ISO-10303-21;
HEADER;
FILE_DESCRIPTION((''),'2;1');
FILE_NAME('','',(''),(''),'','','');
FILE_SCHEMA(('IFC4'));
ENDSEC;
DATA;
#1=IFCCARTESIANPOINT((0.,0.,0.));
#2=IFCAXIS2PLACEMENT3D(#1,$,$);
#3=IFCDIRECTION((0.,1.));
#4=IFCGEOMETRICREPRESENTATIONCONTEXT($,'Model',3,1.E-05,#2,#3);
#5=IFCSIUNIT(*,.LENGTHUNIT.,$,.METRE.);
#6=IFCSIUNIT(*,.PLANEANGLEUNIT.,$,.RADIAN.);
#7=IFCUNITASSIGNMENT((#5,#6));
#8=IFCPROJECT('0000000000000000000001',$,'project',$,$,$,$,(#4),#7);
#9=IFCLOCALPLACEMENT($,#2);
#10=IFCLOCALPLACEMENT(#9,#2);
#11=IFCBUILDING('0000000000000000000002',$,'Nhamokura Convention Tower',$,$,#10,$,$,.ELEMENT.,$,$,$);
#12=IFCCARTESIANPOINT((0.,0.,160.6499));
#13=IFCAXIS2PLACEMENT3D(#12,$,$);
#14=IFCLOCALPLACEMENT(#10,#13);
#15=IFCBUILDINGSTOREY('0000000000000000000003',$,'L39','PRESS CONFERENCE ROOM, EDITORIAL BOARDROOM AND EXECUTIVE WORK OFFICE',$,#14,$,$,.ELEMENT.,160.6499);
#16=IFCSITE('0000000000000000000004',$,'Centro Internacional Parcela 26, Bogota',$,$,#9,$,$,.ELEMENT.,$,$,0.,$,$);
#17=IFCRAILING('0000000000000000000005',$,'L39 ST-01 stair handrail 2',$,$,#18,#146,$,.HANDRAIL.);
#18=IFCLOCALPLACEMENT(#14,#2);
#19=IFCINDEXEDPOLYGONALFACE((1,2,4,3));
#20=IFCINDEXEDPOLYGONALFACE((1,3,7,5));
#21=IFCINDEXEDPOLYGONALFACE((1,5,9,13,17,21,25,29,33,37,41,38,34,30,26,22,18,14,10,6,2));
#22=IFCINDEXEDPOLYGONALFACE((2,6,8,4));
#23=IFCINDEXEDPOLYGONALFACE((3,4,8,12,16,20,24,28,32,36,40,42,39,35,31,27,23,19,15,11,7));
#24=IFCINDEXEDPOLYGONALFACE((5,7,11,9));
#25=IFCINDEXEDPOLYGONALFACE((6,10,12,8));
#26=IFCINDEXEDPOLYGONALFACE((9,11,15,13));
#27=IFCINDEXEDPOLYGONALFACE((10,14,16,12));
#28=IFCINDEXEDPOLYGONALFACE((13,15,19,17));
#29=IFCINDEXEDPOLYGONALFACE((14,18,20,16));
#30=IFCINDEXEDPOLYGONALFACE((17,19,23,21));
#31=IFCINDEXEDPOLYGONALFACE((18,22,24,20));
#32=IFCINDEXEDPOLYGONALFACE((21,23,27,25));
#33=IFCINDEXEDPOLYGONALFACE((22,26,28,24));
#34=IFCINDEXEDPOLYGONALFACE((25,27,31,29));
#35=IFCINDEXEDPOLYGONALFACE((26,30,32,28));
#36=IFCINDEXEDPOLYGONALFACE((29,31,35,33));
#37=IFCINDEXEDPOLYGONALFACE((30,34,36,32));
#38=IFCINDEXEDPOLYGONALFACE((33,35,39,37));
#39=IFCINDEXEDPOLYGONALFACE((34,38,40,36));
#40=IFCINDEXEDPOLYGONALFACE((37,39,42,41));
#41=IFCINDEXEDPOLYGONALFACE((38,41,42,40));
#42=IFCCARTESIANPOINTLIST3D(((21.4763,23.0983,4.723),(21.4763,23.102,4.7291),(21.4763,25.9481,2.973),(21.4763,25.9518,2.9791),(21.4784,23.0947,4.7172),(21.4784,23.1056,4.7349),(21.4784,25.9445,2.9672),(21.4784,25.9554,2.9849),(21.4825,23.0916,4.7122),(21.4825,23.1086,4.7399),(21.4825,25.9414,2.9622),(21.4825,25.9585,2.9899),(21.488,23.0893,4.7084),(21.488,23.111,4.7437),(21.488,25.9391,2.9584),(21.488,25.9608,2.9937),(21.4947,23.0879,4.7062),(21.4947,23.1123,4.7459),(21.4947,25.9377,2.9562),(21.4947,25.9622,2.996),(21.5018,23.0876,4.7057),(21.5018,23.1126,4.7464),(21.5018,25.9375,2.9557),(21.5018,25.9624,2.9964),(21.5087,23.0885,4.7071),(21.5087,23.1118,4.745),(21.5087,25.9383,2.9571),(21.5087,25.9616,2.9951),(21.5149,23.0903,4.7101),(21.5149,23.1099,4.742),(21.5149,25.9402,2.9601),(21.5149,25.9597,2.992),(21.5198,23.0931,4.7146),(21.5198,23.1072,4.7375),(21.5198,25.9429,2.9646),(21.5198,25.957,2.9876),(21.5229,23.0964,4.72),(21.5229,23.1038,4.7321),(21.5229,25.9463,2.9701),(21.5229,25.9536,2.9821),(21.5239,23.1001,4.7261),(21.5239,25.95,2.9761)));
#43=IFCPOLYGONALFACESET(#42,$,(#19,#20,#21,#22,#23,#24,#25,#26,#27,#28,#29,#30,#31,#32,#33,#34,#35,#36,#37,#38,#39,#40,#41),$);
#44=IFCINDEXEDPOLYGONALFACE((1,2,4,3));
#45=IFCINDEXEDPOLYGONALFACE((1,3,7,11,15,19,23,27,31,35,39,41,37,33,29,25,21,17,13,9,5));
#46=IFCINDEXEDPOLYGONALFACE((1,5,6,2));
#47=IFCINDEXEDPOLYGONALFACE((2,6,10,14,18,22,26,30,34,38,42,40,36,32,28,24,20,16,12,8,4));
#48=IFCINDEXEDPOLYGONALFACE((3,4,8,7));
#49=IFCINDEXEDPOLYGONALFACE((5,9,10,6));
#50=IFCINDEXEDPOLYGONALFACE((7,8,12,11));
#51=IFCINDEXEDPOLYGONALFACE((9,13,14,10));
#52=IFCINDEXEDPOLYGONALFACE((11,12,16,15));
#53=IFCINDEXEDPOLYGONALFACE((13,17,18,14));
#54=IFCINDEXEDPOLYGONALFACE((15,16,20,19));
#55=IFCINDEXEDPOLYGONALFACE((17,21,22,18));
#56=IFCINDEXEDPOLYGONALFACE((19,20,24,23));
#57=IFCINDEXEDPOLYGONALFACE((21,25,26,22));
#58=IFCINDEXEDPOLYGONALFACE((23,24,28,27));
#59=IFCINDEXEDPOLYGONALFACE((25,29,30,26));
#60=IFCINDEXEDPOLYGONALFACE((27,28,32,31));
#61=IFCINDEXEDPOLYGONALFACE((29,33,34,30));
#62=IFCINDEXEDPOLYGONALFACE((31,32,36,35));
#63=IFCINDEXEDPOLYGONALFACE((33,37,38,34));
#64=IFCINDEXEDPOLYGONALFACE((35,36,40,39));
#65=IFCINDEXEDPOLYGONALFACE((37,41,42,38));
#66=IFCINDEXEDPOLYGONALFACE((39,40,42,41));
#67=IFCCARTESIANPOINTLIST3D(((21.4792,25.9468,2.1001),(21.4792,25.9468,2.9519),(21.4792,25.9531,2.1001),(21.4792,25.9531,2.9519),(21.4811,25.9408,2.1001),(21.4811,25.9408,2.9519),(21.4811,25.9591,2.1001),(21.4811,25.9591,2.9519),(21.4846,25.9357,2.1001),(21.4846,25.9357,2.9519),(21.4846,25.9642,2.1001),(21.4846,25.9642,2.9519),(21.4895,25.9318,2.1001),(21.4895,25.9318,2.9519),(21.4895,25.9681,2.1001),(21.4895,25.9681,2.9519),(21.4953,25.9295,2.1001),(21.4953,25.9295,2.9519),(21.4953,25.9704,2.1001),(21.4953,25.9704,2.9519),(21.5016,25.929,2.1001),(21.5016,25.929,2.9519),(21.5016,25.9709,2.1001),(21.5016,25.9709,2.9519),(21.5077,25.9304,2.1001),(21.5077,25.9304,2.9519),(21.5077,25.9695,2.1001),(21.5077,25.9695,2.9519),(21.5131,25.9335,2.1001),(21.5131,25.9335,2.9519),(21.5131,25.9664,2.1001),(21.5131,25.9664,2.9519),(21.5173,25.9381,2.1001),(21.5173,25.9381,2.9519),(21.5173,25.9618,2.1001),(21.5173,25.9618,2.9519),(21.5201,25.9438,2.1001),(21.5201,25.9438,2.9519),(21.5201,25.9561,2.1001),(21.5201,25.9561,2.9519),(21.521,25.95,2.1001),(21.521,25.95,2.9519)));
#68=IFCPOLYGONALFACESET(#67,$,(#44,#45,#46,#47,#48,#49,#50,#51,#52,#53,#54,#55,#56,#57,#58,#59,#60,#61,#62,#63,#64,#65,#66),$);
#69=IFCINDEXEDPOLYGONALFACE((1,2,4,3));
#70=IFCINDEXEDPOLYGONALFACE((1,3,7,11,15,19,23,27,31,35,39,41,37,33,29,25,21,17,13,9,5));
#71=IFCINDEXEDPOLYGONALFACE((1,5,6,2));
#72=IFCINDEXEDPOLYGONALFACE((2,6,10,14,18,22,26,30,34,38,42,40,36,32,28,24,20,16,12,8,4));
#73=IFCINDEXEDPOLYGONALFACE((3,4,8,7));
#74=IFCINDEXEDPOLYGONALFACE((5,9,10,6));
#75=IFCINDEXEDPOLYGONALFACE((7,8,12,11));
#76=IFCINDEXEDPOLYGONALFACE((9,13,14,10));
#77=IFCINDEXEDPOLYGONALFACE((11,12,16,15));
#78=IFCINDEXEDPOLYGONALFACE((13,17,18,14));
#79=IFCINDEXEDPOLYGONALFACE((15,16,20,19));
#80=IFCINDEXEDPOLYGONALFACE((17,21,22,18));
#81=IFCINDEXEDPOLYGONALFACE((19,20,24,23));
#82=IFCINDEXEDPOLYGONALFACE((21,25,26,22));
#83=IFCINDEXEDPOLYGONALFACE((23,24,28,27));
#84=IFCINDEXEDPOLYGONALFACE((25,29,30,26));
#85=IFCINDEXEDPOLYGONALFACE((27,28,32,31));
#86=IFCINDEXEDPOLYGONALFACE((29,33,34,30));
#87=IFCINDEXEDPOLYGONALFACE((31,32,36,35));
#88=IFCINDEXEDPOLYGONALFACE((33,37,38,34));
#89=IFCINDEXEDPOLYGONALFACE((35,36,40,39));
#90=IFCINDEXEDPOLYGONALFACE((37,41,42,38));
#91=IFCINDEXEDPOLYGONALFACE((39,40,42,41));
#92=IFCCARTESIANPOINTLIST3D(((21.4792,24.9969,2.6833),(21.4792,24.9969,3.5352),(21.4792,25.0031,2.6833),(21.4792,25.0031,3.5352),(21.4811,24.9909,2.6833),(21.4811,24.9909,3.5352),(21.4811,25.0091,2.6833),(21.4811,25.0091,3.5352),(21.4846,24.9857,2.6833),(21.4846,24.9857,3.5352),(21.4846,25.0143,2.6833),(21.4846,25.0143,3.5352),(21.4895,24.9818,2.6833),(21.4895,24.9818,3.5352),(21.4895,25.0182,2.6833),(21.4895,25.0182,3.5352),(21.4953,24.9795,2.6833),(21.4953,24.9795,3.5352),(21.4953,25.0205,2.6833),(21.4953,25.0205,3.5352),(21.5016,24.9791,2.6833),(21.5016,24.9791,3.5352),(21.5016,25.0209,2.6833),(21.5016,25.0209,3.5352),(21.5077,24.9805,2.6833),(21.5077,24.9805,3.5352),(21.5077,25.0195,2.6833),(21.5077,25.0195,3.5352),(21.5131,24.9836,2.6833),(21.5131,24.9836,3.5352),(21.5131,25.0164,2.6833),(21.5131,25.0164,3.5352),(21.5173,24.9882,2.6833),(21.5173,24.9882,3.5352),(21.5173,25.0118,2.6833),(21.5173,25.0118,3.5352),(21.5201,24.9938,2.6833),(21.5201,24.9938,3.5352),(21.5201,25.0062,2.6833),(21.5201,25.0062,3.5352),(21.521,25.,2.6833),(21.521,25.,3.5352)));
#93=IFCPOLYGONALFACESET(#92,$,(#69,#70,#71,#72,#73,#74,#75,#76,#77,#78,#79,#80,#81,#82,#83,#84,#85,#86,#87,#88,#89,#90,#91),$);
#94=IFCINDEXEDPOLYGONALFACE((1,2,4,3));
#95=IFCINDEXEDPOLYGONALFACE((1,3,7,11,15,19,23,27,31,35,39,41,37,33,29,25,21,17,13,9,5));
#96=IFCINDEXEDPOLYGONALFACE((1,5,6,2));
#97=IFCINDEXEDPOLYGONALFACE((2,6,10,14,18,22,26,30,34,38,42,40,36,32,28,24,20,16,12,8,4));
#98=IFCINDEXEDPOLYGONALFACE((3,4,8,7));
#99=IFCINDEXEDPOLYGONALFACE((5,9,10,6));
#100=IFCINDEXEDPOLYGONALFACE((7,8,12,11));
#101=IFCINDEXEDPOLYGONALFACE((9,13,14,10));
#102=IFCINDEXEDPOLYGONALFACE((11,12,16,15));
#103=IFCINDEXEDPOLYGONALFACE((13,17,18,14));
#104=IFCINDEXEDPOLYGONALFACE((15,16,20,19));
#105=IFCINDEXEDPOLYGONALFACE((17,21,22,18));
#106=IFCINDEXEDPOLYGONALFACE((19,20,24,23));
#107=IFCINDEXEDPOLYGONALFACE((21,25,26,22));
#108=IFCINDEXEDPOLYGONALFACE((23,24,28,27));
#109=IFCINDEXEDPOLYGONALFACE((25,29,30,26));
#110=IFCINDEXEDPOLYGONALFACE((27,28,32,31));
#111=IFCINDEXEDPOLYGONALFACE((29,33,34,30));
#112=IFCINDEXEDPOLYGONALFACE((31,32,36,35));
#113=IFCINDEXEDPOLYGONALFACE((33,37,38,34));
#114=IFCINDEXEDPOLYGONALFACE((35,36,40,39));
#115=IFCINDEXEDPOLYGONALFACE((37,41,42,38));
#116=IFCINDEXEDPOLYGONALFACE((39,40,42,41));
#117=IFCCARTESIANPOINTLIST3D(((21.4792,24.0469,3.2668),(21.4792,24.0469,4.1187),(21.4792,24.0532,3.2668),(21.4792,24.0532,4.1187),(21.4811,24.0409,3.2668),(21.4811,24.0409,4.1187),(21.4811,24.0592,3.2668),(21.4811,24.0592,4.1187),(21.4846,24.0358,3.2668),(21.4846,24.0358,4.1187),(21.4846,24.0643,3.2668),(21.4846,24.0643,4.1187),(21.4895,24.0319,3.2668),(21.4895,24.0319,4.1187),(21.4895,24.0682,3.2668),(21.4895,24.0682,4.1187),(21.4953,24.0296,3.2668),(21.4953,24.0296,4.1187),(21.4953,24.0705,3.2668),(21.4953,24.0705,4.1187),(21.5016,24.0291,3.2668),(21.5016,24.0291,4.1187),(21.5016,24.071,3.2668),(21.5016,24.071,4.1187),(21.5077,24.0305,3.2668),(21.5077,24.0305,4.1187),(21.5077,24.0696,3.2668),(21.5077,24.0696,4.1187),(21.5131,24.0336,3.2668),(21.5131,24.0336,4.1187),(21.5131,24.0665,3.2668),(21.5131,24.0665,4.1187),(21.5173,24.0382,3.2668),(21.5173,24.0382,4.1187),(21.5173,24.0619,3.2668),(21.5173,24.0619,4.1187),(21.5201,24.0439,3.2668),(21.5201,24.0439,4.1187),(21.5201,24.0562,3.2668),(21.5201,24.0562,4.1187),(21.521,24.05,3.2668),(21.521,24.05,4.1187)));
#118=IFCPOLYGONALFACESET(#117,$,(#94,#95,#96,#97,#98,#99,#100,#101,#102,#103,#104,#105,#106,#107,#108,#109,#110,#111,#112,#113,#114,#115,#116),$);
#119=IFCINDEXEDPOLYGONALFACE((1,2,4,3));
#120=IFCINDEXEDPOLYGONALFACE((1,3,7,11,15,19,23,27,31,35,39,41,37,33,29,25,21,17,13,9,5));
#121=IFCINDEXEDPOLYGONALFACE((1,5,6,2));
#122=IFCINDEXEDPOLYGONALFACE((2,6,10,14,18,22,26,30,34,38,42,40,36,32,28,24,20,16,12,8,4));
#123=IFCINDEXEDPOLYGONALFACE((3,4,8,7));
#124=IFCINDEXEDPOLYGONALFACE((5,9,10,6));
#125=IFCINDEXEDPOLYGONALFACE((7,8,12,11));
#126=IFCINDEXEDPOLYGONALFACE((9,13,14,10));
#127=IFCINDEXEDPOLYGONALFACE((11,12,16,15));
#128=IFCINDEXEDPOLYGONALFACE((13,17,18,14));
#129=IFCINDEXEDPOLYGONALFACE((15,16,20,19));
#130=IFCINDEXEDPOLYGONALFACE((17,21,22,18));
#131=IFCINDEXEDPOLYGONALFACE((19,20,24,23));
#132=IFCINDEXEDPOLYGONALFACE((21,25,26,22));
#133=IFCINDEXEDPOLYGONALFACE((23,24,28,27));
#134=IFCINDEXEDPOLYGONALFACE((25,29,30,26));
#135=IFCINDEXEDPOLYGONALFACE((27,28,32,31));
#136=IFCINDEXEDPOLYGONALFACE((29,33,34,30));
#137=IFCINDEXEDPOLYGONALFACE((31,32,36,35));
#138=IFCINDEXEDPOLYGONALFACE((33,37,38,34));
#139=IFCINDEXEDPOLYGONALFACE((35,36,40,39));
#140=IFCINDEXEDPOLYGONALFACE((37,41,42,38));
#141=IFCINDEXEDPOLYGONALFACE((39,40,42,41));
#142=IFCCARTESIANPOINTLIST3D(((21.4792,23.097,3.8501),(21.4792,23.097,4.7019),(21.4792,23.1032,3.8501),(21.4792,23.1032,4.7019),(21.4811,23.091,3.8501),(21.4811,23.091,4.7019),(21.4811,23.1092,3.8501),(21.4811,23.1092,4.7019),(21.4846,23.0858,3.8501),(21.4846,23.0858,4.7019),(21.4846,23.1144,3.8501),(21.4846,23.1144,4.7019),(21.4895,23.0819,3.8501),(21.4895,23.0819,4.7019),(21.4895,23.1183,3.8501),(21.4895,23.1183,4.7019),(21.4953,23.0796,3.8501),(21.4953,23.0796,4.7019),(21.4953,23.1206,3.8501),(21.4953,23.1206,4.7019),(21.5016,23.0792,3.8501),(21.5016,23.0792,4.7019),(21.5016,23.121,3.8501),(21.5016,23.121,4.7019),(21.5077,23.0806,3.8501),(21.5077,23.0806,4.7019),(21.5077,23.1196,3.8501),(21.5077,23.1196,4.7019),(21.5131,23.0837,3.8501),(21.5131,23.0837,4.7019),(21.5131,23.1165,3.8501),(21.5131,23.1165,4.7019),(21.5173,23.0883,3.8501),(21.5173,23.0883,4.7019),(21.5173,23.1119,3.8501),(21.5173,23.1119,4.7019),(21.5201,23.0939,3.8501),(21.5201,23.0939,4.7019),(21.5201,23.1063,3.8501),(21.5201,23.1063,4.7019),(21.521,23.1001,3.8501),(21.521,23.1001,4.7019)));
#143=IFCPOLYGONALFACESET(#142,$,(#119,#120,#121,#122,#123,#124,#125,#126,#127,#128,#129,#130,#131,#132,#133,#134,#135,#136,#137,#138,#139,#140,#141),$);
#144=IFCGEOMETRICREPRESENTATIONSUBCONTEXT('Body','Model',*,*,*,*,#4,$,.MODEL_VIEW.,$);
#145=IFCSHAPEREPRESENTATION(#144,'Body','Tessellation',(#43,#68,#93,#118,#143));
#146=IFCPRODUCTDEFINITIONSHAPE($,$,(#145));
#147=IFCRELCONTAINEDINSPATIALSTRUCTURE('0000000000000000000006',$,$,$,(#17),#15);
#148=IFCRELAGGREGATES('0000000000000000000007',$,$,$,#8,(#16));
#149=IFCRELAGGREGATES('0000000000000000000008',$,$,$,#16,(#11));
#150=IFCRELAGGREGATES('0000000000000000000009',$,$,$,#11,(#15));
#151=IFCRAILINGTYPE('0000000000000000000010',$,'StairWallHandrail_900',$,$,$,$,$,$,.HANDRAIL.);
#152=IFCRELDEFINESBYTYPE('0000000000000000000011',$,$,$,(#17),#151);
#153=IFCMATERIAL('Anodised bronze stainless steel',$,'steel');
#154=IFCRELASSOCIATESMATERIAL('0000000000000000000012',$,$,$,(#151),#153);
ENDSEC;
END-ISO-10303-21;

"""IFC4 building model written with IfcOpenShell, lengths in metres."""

from ifc_helpers import new_model, si_unit, direction, frame, origin, origin_2d, place, context, subcontext, project, spatial, circle, extrude, material, type_object, element, save


model = new_model("IFC4")

# Units and contexts
model_context = context("Model", 3, precision=1e-05, world=origin(), true_north=direction((0.0, 1.0)))
body_context = subcontext(model_context, "Body", "Model", "MODEL_VIEW")
ifc_project = project(units=[si_unit("LENGTHUNIT", "METRE"), si_unit("PLANEANGLEUNIT", "RADIAN")], contexts=[model_context])

# Site, building, storey
site_placement = place(None, origin())
site = spatial("IfcSite", under=ifc_project, at=site_placement, Name="Centro Internacional Parcela 26, Bogota", CompositionType="ELEMENT", RefElevation=0.0)
building_placement = place(site_placement, origin())
building = spatial("IfcBuilding", under=site, at=building_placement, Name="Nhamokura Convention Tower", CompositionType="ELEMENT")
storey_placement = place(building_placement, frame((0.0, 0.0, 160.6499)))
storey = spatial("IfcBuildingStorey", under=building, at=storey_placement, Name="L39", Description="PRESS CONFERENCE ROOM, EDITORIAL BOARDROOM AND EXECUTIVE WORK OFFICE", CompositionType="ELEMENT", Elevation=160.6499)

# Railing
ifc_material_1 = material(Name="Anodised bronze stainless steel", Category="steel")
railing_type_1 = type_object("IfcRailingType", Name="StairWallHandrail_900", PredefinedType="HANDRAIL", material=ifc_material_1)
railing_1_placement = place(storey_placement, frame((21.5, 25.95, 2.1001)))
element("IfcRailing", 1, at=railing_1_placement, inside=storey, type_object=railing_type_1, Name="L39 ST-01 stair handrail 2", PredefinedType="HANDRAIL", context=body_context, shape_type="SweptSolid", body=[
    extrude(circle(Radius=0.0239, at=origin_2d()), frame((0.0, 0.0, 0.876), z_axis=(0.0, -0.852159, 0.523283), x_axis=(1.0, 0.0, 0.0)), (0.0, 0.0, 1.0), 3.3442),
    extrude(circle(Radius=0.021, at=origin_2d()), origin(), (0.0, 0.0, 1.0), 0.8518),
    extrude(circle(Radius=0.021, at=origin_2d()), frame((0.0, -0.95, 0.5833)), (0.0, 0.0, 1.0), 0.8518),
    extrude(circle(Radius=0.021, at=origin_2d()), frame((0.0, -1.8999, 1.1667)), (0.0, 0.0, 1.0), 0.8518),
    extrude(circle(Radius=0.021, at=origin_2d()), frame((0.0, -2.8499, 1.75)), (0.0, 0.0, 1.0), 0.8518),
])

save(model, "model.ifc")
